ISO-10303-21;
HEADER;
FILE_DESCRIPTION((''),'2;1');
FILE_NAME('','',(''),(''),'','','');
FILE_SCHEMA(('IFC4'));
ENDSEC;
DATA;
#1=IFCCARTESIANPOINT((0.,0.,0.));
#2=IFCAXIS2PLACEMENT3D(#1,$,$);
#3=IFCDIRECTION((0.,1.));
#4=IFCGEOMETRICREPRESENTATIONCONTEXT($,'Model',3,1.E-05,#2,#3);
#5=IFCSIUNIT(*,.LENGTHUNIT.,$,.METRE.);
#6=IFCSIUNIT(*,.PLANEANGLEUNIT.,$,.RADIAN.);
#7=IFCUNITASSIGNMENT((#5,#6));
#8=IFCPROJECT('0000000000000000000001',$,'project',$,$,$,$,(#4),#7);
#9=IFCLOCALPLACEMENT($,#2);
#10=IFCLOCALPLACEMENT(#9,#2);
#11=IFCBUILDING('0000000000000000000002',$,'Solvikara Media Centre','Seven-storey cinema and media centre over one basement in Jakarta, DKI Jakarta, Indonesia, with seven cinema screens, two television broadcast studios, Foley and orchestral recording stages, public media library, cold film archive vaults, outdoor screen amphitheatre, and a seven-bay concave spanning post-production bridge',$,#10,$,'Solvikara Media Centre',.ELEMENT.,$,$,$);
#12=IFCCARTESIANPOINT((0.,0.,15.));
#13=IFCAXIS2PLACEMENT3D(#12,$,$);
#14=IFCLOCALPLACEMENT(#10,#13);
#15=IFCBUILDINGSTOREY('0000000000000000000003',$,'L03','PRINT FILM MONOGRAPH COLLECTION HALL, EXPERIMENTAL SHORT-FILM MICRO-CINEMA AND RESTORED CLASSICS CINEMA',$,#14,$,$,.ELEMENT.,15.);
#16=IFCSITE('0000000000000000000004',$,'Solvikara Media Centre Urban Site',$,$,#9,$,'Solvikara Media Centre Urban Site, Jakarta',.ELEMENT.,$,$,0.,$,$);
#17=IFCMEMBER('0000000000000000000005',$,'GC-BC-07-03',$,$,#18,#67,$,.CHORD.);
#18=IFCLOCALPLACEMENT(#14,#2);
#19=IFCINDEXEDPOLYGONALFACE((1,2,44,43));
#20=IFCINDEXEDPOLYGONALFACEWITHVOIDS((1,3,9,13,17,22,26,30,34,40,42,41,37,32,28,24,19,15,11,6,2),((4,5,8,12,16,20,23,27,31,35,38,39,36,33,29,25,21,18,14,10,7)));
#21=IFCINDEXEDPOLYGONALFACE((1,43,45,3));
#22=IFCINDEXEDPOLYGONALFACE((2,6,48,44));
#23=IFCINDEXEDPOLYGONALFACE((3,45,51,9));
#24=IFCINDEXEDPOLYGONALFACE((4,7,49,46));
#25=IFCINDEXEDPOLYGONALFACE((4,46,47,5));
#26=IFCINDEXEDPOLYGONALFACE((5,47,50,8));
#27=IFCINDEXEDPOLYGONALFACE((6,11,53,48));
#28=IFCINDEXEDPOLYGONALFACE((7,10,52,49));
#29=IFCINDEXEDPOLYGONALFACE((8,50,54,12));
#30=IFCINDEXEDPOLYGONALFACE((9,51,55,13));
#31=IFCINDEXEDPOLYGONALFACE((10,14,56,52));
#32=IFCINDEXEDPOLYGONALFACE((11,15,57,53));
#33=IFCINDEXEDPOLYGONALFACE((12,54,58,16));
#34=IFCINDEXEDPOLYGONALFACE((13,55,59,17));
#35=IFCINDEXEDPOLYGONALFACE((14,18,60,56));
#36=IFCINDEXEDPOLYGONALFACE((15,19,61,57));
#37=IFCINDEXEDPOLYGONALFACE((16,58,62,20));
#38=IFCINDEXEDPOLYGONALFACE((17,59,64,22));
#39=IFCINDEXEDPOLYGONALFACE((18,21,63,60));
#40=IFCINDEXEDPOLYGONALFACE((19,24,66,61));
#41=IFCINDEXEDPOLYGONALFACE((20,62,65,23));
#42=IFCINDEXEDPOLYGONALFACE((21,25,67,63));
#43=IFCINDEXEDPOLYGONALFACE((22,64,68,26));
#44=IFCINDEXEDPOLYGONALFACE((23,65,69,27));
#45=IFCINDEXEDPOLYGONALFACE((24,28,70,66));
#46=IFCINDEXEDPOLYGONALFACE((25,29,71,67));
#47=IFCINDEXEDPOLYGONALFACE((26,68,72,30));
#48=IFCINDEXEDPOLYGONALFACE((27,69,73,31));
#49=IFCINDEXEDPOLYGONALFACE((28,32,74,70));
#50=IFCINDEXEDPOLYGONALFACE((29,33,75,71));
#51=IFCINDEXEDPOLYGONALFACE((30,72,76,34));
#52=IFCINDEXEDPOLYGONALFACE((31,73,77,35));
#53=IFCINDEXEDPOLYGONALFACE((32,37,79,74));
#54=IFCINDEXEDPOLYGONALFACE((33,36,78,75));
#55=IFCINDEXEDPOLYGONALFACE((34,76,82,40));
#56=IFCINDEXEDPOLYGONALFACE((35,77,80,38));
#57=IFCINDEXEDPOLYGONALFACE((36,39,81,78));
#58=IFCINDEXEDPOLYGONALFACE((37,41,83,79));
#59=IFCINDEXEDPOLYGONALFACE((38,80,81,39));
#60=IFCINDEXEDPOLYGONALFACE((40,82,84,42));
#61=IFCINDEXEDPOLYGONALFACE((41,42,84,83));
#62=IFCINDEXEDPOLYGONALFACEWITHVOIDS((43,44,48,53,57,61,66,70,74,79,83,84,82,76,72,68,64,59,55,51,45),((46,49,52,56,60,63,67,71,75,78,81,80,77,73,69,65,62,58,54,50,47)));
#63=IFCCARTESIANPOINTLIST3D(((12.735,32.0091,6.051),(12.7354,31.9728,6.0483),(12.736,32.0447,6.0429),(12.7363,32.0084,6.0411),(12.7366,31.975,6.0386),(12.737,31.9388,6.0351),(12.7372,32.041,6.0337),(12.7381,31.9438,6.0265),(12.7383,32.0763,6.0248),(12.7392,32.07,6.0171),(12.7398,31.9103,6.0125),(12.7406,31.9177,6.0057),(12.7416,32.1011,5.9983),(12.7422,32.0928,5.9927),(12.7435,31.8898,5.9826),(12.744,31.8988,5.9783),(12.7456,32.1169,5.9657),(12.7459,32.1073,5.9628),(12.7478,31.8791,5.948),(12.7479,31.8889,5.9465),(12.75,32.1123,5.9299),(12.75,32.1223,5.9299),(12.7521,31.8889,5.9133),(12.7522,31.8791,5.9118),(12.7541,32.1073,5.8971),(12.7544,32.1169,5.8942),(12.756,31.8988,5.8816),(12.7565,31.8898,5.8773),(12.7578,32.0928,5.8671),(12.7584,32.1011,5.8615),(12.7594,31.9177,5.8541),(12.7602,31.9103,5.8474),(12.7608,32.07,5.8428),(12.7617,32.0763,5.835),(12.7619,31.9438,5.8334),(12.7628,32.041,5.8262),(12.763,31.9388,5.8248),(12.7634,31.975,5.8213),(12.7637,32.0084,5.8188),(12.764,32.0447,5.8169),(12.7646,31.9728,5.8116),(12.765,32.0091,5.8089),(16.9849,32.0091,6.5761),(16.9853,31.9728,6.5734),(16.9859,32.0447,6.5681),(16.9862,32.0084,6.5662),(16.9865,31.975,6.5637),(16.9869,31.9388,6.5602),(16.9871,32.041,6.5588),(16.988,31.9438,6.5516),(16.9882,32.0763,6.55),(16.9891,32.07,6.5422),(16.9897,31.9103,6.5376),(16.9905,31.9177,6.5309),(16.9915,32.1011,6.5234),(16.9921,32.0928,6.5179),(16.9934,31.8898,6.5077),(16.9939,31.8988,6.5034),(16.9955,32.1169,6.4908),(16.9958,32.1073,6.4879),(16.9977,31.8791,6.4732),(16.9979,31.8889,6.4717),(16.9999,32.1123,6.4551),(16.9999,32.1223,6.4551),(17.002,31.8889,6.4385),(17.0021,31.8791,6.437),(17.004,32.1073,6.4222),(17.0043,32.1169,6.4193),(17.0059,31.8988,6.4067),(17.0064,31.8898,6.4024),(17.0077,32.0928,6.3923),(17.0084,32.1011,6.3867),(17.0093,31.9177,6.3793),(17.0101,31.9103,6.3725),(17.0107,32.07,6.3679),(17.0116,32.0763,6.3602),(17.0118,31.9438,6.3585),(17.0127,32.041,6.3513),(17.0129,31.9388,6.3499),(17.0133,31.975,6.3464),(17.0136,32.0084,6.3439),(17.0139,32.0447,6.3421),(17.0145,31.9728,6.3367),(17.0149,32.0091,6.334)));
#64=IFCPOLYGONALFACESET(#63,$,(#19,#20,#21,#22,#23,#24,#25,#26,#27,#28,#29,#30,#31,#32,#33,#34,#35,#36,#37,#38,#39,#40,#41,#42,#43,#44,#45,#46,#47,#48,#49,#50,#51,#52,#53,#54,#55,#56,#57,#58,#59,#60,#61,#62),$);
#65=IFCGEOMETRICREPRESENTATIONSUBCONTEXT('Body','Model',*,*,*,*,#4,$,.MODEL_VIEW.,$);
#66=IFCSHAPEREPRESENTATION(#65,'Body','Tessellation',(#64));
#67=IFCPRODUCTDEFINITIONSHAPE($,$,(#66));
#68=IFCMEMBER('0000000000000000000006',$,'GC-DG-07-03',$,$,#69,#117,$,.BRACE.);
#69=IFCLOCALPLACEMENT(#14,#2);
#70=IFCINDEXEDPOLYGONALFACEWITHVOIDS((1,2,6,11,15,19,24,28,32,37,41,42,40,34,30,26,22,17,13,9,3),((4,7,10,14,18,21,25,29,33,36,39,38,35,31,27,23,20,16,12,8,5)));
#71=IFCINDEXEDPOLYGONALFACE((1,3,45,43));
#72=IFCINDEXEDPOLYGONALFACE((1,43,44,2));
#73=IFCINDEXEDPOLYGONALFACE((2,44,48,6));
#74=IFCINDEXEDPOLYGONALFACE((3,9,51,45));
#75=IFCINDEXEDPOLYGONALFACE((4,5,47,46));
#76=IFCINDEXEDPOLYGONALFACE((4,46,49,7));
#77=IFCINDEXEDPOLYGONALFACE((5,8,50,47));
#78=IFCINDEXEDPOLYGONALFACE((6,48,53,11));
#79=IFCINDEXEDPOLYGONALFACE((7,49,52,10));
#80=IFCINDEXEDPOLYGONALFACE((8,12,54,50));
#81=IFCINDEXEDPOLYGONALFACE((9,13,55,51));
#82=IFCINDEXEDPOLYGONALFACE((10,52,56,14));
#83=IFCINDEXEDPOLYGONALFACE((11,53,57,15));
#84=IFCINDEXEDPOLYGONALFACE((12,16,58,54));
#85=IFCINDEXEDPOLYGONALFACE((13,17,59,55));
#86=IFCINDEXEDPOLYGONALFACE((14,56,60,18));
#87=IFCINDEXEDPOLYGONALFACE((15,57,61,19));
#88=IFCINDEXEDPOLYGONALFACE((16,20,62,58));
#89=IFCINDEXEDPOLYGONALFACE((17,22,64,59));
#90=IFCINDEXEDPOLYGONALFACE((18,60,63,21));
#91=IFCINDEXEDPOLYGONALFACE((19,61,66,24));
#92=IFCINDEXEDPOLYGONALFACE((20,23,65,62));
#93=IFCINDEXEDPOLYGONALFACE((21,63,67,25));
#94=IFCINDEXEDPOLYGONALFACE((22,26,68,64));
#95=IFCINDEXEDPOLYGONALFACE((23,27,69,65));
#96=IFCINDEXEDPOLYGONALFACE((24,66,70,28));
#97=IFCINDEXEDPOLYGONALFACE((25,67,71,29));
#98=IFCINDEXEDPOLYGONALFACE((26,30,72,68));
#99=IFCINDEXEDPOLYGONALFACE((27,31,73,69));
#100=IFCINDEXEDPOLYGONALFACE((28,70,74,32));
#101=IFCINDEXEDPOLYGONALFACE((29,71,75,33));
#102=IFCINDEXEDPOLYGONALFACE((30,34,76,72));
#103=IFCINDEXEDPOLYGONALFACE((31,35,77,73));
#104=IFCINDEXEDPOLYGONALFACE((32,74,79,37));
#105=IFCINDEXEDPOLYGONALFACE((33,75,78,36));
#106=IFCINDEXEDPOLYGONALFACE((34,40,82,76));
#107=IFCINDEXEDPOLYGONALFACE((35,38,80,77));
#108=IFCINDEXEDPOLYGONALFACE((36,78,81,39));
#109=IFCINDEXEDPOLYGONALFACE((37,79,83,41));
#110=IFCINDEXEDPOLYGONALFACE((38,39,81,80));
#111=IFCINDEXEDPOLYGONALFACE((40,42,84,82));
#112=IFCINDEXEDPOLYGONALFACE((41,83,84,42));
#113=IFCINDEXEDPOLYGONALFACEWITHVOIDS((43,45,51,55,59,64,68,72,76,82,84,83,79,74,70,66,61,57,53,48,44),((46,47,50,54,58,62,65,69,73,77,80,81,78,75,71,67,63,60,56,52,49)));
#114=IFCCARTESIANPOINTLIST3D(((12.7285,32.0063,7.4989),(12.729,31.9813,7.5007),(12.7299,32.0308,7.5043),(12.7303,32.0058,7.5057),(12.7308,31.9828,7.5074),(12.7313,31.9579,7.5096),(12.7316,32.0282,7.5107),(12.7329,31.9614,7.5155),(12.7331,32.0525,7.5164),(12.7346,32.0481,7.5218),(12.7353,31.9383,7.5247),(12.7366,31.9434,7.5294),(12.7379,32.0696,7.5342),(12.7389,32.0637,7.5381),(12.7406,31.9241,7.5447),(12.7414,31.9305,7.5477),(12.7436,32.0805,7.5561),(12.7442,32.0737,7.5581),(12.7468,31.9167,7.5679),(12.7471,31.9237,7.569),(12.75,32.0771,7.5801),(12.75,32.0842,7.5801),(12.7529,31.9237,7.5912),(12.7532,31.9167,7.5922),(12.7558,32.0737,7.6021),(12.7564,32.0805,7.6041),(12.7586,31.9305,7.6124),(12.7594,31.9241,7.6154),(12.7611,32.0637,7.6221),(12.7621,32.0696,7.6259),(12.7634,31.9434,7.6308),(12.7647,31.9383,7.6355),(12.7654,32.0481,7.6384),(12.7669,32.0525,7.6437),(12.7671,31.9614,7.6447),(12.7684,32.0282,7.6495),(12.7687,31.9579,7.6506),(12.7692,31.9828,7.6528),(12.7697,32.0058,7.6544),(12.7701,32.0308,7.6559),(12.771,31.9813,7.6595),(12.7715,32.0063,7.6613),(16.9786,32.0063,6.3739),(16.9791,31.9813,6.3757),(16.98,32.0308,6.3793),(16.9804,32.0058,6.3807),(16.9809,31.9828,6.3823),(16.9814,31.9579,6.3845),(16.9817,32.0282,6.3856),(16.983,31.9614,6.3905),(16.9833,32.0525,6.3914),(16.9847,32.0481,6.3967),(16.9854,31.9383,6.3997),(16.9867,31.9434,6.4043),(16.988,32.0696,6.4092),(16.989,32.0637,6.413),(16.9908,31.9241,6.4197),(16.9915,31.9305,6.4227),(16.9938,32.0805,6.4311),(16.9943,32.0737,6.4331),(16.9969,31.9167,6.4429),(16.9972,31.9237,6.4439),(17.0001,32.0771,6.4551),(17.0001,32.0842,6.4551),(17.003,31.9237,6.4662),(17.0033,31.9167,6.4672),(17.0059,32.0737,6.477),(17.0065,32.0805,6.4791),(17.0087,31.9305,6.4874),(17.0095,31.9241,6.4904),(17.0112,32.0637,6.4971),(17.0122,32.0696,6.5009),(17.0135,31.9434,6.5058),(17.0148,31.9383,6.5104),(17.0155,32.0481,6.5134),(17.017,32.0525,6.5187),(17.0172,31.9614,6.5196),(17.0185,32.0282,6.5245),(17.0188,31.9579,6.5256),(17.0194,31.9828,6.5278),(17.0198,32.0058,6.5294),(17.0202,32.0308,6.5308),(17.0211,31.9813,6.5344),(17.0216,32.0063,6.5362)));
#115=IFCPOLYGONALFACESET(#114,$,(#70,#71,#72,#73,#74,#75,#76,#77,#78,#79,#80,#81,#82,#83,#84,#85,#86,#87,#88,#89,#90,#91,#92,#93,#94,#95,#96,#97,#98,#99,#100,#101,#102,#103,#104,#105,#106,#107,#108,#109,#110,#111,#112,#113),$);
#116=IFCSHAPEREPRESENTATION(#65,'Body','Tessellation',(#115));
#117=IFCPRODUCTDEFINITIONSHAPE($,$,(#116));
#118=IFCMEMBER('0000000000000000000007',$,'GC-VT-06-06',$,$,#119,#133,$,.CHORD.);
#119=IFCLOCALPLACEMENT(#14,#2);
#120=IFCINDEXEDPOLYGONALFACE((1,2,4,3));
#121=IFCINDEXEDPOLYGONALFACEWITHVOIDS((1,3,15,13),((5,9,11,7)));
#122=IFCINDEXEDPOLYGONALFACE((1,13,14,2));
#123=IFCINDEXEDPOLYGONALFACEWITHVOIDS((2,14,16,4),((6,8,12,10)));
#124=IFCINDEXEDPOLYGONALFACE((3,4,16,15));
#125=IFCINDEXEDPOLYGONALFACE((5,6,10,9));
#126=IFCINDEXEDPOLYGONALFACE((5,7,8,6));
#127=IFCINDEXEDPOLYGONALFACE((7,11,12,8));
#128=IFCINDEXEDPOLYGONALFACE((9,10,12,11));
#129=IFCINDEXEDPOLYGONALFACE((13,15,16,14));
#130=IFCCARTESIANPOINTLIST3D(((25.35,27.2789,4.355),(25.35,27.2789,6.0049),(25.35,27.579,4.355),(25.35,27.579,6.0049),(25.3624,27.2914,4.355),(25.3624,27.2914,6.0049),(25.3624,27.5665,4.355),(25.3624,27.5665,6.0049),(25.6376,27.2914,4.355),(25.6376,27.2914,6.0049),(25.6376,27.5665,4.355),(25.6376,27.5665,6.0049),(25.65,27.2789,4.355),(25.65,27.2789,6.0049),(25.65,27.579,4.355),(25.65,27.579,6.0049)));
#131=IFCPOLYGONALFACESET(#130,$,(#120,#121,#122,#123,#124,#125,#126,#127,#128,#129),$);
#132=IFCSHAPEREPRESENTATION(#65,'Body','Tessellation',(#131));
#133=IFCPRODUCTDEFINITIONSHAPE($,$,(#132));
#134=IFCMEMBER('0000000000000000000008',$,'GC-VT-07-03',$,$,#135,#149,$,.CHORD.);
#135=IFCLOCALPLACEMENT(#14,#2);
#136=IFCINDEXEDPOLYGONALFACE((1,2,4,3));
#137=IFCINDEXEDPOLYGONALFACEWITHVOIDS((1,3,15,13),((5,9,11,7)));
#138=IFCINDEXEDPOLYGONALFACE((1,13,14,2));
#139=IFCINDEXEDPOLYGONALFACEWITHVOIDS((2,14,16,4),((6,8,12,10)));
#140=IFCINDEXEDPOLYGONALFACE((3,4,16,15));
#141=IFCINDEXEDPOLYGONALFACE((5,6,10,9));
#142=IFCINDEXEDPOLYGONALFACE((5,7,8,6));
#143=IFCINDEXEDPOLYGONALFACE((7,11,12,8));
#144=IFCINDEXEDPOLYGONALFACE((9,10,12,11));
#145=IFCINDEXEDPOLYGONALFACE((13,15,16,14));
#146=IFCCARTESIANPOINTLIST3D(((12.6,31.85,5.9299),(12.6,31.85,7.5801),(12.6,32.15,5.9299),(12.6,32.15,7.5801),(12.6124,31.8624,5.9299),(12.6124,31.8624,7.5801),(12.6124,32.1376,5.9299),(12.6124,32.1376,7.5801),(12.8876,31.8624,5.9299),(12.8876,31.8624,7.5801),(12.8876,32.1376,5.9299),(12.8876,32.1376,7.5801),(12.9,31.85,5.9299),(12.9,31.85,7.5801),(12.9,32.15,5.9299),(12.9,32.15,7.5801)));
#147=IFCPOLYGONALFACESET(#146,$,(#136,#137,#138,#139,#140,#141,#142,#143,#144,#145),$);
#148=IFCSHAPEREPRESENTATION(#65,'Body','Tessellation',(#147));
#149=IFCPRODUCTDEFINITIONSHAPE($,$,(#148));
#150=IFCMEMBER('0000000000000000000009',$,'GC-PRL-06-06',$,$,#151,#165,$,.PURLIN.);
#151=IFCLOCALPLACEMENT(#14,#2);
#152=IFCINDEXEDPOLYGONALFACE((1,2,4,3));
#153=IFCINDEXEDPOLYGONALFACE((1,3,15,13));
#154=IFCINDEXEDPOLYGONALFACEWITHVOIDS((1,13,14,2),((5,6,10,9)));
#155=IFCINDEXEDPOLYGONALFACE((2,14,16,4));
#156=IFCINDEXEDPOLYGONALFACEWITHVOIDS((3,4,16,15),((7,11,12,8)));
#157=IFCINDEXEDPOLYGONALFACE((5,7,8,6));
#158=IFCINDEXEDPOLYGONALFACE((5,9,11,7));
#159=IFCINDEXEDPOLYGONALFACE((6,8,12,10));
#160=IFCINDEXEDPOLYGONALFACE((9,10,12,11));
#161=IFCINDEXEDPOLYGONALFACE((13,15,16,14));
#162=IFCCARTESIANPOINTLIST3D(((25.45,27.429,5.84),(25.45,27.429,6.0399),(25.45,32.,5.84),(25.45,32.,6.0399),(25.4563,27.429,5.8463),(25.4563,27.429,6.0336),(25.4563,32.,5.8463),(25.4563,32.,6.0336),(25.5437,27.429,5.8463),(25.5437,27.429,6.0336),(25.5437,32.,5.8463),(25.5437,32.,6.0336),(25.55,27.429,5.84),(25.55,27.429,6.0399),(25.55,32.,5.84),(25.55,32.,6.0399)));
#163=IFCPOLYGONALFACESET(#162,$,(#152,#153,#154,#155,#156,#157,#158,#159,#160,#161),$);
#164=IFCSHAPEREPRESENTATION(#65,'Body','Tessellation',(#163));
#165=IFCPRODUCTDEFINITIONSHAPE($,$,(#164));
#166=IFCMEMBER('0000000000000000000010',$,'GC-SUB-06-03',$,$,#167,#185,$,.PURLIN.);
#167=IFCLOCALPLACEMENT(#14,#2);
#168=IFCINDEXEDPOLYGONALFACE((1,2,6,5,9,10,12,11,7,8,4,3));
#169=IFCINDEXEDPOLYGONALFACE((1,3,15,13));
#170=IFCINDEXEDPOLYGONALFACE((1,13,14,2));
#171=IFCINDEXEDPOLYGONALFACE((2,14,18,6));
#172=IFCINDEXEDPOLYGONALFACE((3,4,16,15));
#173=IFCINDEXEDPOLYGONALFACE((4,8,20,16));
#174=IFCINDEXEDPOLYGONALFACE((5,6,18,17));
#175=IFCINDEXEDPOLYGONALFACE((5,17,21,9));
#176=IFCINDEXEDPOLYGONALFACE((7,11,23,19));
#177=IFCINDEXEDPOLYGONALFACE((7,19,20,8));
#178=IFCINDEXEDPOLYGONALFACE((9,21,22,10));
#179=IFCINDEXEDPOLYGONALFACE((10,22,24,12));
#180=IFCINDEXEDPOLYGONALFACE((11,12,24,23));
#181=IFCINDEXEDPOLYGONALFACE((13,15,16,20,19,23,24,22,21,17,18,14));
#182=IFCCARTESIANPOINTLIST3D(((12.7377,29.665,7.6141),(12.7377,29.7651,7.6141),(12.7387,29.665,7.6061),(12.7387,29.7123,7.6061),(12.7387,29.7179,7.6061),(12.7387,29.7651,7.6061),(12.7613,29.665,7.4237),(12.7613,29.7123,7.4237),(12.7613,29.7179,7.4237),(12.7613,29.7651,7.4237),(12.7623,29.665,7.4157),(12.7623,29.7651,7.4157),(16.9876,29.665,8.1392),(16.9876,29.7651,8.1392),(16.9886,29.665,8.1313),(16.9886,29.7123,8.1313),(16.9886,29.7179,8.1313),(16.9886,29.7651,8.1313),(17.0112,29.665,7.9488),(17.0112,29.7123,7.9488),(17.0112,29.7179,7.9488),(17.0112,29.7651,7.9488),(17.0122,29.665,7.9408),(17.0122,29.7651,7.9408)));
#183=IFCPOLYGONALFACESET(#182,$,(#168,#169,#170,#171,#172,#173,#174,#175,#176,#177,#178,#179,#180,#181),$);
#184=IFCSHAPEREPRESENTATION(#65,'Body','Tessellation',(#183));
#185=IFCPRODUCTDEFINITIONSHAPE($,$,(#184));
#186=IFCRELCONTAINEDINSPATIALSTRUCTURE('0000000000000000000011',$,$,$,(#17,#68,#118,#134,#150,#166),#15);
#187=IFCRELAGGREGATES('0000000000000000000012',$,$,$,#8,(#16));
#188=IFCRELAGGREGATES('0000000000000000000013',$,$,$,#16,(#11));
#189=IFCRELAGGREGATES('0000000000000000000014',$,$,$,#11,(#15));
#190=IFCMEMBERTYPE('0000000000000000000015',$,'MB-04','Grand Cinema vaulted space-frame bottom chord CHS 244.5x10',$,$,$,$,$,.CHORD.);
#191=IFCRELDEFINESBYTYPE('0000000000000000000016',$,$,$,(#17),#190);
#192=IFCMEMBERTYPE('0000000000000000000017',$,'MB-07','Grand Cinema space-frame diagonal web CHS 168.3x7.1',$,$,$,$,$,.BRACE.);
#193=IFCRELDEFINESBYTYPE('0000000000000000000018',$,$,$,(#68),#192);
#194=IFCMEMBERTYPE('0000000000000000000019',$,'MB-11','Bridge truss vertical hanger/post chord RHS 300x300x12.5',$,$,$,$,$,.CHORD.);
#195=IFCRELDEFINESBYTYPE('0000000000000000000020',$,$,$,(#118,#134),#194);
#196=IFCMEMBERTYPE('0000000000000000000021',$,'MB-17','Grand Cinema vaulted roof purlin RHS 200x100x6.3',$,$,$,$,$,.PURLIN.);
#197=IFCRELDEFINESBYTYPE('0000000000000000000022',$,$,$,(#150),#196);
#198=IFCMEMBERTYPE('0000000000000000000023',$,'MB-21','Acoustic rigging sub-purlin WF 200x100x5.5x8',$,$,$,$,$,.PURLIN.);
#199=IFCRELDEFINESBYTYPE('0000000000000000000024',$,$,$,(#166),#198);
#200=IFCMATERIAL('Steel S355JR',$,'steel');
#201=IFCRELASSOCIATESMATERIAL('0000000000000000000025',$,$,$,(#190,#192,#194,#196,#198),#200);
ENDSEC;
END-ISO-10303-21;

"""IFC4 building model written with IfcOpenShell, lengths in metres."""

from ifc_helpers import new_model, si_unit, direction, frame, origin, origin_2d, place, context, subcontext, project, spatial, hollow_rectangle, hollow_circle, i_section, extrude, material, material_profile, profile_set, type_object, element, save


model = new_model("IFC4")

# Units and contexts
model_context = context("Model", 3, precision=1e-05, world=origin(), true_north=direction((0.0, 1.0)))
body_context = subcontext(model_context, "Body", "Model", "MODEL_VIEW")
ifc_project = project(units=[si_unit("LENGTHUNIT", "METRE"), si_unit("PLANEANGLEUNIT", "RADIAN")], contexts=[model_context])

# Site, building, storey
site_placement = place(None, origin())
site = spatial("IfcSite", under=ifc_project, at=site_placement, Name="Solvikara Media Centre Urban Site", LongName="Solvikara Media Centre Urban Site, Jakarta", CompositionType="ELEMENT", RefElevation=0.0)
building_placement = place(site_placement, origin())
building = spatial("IfcBuilding", under=site, at=building_placement, Name="Solvikara Media Centre", Description="Seven-storey cinema and media centre over one basement in Jakarta, DKI Jakarta, Indonesia, with seven cinema screens, two television broadcast studios, Foley and orchestral recording stages, public media library, cold film archive vaults, outdoor screen amphitheatre, and a seven-bay concave spanning post-production bridge", LongName="Solvikara Media Centre", CompositionType="ELEMENT")
storey_placement = place(building_placement, frame((0.0, 0.0, 15.0)))
storey = spatial("IfcBuildingStorey", under=building, at=storey_placement, Name="L03", Description="PRINT FILM MONOGRAPH COLLECTION HALL, EXPERIMENTAL SHORT-FILM MICRO-CINEMA AND RESTORED CLASSICS CINEMA", CompositionType="ELEMENT", Elevation=15.0)

# Shared definitions
ifc_material_1 = material(Name="Steel S355JR", Category="steel")

# Members
ifc_material_profile_1 = material_profile(ifc_material_1, hollow_circle(Radius=0.1223, WallThickness=0.01, at=origin_2d()), Name="CHS 244.5x10")
ifc_profile_set_1 = profile_set([ifc_material_profile_1], Name="Steel S355JR")
member_type_1 = type_object("IfcMemberType", Name="MB-04", Description="Grand Cinema vaulted space-frame bottom chord CHS 244.5x10", PredefinedType="CHORD", material=ifc_profile_set_1)
member_1_placement = place(storey_placement, frame((12.75, 32.0, 5.9299), z_axis=(0.992452, 0.0, 0.122631), x_axis=(0.0, 1.0, 0.0)))
element("IfcMember", 1, at=member_1_placement, inside=storey, type_object=member_type_1, Name="GC-BC-07-03", PredefinedType="CHORD", context=body_context, shape_type="SweptSolid", body=[
    extrude(hollow_circle(Radius=0.1223, WallThickness=0.01, at=origin_2d()), origin(), (0.0, 0.0, 1.0), 4.2822),
])
ifc_material_profile_2 = material_profile(ifc_material_1, hollow_circle(Radius=0.0842, WallThickness=0.0071, at=origin_2d()), Name="CHS 168.3x7.1")
ifc_profile_set_2 = profile_set([ifc_material_profile_2], Name="Steel S355JR")
member_type_2 = type_object("IfcMemberType", Name="MB-07", Description="Grand Cinema space-frame diagonal web CHS 168.3x7.1", PredefinedType="BRACE", material=ifc_profile_set_2)
member_2_placement = place(storey_placement, frame((12.75, 32.0, 7.5801), z_axis=(0.966705, 0.0, -0.255893), x_axis=(0.0, 1.0, 0.0)))
element("IfcMember", 2, at=member_2_placement, inside=storey, type_object=member_type_2, Name="GC-DG-07-03", PredefinedType="BRACE", context=body_context, shape_type="SweptSolid", body=[
    extrude(hollow_circle(Radius=0.0842, WallThickness=0.0071, at=origin_2d()), origin(), (0.0, 0.0, 1.0), 4.3965),
])
ifc_material_profile_3 = material_profile(ifc_material_1, hollow_rectangle(XDim=0.3, YDim=0.3, WallThickness=0.0125, at=origin_2d()), Name="RHS 300x300x12.5")
ifc_profile_set_3 = profile_set([ifc_material_profile_3], Name="Steel S355JR")
member_type_3 = type_object("IfcMemberType", Name="MB-11", Description="Bridge truss vertical hanger/post chord RHS 300x300x12.5", PredefinedType="CHORD", material=ifc_profile_set_3)
member_3_placement = place(storey_placement, frame((25.5, 27.429, 4.355), z_axis=(0.0, 0.0, 1.0), x_axis=(1.0, 0.0, 0.0)))
element("IfcMember", 3, at=member_3_placement, inside=storey, type_object=member_type_3, Name="GC-VT-06-06", PredefinedType="CHORD", context=body_context, shape_type="SweptSolid", body=[
    extrude(hollow_rectangle(XDim=0.3, YDim=0.3, WallThickness=0.0125, at=origin_2d()), origin(), (0.0, 0.0, 1.0), 1.6499),
])
member_4_placement = place(storey_placement, frame((12.75, 32.0, 5.9299), z_axis=(0.0, 0.0, 1.0), x_axis=(1.0, 0.0, 0.0)))
element("IfcMember", 4, at=member_4_placement, inside=storey, type_object=member_type_3, Name="GC-VT-07-03", PredefinedType="CHORD", context=body_context, shape_type="SweptSolid", body=[
    extrude(hollow_rectangle(XDim=0.3, YDim=0.3, WallThickness=0.0125, at=origin_2d()), origin(), (0.0, 0.0, 1.0), 1.6501),
])
ifc_material_profile_4 = material_profile(ifc_material_1, hollow_rectangle(XDim=0.1001, YDim=0.2, WallThickness=0.0063, at=origin_2d()), Name="RHS 200x100x6.3")
ifc_profile_set_4 = profile_set([ifc_material_profile_4], Name="Steel S355JR")
member_type_4 = type_object("IfcMemberType", Name="MB-17", Description="Grand Cinema vaulted roof purlin RHS 200x100x6.3", PredefinedType="PURLIN", material=ifc_profile_set_4)
member_5_placement = place(storey_placement, frame((25.5, 27.429, 5.9399), z_axis=(0.0, 1.0, 0.0), x_axis=(-1.0, 0.0, 0.0)))
element("IfcMember", 5, at=member_5_placement, inside=storey, type_object=member_type_4, Name="GC-PRL-06-06", PredefinedType="PURLIN", context=body_context, shape_type="SweptSolid", body=[
    extrude(hollow_rectangle(XDim=0.1001, YDim=0.2, WallThickness=0.0063, at=origin_2d()), origin(), (0.0, 0.0, 1.0), 4.571),
])
ifc_material_profile_5 = material_profile(ifc_material_1, i_section(OverallWidth=0.1001, OverallDepth=0.2, WebThickness=0.0056, FlangeThickness=0.0081, at=origin_2d()), Name="WF 200x100x5.5x8")
ifc_profile_set_5 = profile_set([ifc_material_profile_5], Name="Steel S355JR")
member_type_5 = type_object("IfcMemberType", Name="MB-21", Description="Acoustic rigging sub-purlin WF 200x100x5.5x8", PredefinedType="PURLIN", material=ifc_profile_set_5)
for number, where, z_axis, x_axis, name in (
    (6, (12.75, 29.7151, 7.5149), (0.992452, 0.0, 0.122631), (0.0, 1.0, 0.0), "GC-SUB-06-03"),
):
    element("IfcMember", number, at=place(storey_placement, frame(where, z_axis=z_axis, x_axis=x_axis)), inside=storey, type_object=member_type_5, Name=name, PredefinedType="PURLIN", context=body_context, shape_type="SweptSolid", body=[
        extrude(i_section(OverallWidth=0.1001, OverallDepth=0.2, WebThickness=0.0056, FlangeThickness=0.0081, at=origin_2d()), origin(), (0.0, 0.0, 1.0), 4.2822),
    ])

save(model, "model.ifc")
